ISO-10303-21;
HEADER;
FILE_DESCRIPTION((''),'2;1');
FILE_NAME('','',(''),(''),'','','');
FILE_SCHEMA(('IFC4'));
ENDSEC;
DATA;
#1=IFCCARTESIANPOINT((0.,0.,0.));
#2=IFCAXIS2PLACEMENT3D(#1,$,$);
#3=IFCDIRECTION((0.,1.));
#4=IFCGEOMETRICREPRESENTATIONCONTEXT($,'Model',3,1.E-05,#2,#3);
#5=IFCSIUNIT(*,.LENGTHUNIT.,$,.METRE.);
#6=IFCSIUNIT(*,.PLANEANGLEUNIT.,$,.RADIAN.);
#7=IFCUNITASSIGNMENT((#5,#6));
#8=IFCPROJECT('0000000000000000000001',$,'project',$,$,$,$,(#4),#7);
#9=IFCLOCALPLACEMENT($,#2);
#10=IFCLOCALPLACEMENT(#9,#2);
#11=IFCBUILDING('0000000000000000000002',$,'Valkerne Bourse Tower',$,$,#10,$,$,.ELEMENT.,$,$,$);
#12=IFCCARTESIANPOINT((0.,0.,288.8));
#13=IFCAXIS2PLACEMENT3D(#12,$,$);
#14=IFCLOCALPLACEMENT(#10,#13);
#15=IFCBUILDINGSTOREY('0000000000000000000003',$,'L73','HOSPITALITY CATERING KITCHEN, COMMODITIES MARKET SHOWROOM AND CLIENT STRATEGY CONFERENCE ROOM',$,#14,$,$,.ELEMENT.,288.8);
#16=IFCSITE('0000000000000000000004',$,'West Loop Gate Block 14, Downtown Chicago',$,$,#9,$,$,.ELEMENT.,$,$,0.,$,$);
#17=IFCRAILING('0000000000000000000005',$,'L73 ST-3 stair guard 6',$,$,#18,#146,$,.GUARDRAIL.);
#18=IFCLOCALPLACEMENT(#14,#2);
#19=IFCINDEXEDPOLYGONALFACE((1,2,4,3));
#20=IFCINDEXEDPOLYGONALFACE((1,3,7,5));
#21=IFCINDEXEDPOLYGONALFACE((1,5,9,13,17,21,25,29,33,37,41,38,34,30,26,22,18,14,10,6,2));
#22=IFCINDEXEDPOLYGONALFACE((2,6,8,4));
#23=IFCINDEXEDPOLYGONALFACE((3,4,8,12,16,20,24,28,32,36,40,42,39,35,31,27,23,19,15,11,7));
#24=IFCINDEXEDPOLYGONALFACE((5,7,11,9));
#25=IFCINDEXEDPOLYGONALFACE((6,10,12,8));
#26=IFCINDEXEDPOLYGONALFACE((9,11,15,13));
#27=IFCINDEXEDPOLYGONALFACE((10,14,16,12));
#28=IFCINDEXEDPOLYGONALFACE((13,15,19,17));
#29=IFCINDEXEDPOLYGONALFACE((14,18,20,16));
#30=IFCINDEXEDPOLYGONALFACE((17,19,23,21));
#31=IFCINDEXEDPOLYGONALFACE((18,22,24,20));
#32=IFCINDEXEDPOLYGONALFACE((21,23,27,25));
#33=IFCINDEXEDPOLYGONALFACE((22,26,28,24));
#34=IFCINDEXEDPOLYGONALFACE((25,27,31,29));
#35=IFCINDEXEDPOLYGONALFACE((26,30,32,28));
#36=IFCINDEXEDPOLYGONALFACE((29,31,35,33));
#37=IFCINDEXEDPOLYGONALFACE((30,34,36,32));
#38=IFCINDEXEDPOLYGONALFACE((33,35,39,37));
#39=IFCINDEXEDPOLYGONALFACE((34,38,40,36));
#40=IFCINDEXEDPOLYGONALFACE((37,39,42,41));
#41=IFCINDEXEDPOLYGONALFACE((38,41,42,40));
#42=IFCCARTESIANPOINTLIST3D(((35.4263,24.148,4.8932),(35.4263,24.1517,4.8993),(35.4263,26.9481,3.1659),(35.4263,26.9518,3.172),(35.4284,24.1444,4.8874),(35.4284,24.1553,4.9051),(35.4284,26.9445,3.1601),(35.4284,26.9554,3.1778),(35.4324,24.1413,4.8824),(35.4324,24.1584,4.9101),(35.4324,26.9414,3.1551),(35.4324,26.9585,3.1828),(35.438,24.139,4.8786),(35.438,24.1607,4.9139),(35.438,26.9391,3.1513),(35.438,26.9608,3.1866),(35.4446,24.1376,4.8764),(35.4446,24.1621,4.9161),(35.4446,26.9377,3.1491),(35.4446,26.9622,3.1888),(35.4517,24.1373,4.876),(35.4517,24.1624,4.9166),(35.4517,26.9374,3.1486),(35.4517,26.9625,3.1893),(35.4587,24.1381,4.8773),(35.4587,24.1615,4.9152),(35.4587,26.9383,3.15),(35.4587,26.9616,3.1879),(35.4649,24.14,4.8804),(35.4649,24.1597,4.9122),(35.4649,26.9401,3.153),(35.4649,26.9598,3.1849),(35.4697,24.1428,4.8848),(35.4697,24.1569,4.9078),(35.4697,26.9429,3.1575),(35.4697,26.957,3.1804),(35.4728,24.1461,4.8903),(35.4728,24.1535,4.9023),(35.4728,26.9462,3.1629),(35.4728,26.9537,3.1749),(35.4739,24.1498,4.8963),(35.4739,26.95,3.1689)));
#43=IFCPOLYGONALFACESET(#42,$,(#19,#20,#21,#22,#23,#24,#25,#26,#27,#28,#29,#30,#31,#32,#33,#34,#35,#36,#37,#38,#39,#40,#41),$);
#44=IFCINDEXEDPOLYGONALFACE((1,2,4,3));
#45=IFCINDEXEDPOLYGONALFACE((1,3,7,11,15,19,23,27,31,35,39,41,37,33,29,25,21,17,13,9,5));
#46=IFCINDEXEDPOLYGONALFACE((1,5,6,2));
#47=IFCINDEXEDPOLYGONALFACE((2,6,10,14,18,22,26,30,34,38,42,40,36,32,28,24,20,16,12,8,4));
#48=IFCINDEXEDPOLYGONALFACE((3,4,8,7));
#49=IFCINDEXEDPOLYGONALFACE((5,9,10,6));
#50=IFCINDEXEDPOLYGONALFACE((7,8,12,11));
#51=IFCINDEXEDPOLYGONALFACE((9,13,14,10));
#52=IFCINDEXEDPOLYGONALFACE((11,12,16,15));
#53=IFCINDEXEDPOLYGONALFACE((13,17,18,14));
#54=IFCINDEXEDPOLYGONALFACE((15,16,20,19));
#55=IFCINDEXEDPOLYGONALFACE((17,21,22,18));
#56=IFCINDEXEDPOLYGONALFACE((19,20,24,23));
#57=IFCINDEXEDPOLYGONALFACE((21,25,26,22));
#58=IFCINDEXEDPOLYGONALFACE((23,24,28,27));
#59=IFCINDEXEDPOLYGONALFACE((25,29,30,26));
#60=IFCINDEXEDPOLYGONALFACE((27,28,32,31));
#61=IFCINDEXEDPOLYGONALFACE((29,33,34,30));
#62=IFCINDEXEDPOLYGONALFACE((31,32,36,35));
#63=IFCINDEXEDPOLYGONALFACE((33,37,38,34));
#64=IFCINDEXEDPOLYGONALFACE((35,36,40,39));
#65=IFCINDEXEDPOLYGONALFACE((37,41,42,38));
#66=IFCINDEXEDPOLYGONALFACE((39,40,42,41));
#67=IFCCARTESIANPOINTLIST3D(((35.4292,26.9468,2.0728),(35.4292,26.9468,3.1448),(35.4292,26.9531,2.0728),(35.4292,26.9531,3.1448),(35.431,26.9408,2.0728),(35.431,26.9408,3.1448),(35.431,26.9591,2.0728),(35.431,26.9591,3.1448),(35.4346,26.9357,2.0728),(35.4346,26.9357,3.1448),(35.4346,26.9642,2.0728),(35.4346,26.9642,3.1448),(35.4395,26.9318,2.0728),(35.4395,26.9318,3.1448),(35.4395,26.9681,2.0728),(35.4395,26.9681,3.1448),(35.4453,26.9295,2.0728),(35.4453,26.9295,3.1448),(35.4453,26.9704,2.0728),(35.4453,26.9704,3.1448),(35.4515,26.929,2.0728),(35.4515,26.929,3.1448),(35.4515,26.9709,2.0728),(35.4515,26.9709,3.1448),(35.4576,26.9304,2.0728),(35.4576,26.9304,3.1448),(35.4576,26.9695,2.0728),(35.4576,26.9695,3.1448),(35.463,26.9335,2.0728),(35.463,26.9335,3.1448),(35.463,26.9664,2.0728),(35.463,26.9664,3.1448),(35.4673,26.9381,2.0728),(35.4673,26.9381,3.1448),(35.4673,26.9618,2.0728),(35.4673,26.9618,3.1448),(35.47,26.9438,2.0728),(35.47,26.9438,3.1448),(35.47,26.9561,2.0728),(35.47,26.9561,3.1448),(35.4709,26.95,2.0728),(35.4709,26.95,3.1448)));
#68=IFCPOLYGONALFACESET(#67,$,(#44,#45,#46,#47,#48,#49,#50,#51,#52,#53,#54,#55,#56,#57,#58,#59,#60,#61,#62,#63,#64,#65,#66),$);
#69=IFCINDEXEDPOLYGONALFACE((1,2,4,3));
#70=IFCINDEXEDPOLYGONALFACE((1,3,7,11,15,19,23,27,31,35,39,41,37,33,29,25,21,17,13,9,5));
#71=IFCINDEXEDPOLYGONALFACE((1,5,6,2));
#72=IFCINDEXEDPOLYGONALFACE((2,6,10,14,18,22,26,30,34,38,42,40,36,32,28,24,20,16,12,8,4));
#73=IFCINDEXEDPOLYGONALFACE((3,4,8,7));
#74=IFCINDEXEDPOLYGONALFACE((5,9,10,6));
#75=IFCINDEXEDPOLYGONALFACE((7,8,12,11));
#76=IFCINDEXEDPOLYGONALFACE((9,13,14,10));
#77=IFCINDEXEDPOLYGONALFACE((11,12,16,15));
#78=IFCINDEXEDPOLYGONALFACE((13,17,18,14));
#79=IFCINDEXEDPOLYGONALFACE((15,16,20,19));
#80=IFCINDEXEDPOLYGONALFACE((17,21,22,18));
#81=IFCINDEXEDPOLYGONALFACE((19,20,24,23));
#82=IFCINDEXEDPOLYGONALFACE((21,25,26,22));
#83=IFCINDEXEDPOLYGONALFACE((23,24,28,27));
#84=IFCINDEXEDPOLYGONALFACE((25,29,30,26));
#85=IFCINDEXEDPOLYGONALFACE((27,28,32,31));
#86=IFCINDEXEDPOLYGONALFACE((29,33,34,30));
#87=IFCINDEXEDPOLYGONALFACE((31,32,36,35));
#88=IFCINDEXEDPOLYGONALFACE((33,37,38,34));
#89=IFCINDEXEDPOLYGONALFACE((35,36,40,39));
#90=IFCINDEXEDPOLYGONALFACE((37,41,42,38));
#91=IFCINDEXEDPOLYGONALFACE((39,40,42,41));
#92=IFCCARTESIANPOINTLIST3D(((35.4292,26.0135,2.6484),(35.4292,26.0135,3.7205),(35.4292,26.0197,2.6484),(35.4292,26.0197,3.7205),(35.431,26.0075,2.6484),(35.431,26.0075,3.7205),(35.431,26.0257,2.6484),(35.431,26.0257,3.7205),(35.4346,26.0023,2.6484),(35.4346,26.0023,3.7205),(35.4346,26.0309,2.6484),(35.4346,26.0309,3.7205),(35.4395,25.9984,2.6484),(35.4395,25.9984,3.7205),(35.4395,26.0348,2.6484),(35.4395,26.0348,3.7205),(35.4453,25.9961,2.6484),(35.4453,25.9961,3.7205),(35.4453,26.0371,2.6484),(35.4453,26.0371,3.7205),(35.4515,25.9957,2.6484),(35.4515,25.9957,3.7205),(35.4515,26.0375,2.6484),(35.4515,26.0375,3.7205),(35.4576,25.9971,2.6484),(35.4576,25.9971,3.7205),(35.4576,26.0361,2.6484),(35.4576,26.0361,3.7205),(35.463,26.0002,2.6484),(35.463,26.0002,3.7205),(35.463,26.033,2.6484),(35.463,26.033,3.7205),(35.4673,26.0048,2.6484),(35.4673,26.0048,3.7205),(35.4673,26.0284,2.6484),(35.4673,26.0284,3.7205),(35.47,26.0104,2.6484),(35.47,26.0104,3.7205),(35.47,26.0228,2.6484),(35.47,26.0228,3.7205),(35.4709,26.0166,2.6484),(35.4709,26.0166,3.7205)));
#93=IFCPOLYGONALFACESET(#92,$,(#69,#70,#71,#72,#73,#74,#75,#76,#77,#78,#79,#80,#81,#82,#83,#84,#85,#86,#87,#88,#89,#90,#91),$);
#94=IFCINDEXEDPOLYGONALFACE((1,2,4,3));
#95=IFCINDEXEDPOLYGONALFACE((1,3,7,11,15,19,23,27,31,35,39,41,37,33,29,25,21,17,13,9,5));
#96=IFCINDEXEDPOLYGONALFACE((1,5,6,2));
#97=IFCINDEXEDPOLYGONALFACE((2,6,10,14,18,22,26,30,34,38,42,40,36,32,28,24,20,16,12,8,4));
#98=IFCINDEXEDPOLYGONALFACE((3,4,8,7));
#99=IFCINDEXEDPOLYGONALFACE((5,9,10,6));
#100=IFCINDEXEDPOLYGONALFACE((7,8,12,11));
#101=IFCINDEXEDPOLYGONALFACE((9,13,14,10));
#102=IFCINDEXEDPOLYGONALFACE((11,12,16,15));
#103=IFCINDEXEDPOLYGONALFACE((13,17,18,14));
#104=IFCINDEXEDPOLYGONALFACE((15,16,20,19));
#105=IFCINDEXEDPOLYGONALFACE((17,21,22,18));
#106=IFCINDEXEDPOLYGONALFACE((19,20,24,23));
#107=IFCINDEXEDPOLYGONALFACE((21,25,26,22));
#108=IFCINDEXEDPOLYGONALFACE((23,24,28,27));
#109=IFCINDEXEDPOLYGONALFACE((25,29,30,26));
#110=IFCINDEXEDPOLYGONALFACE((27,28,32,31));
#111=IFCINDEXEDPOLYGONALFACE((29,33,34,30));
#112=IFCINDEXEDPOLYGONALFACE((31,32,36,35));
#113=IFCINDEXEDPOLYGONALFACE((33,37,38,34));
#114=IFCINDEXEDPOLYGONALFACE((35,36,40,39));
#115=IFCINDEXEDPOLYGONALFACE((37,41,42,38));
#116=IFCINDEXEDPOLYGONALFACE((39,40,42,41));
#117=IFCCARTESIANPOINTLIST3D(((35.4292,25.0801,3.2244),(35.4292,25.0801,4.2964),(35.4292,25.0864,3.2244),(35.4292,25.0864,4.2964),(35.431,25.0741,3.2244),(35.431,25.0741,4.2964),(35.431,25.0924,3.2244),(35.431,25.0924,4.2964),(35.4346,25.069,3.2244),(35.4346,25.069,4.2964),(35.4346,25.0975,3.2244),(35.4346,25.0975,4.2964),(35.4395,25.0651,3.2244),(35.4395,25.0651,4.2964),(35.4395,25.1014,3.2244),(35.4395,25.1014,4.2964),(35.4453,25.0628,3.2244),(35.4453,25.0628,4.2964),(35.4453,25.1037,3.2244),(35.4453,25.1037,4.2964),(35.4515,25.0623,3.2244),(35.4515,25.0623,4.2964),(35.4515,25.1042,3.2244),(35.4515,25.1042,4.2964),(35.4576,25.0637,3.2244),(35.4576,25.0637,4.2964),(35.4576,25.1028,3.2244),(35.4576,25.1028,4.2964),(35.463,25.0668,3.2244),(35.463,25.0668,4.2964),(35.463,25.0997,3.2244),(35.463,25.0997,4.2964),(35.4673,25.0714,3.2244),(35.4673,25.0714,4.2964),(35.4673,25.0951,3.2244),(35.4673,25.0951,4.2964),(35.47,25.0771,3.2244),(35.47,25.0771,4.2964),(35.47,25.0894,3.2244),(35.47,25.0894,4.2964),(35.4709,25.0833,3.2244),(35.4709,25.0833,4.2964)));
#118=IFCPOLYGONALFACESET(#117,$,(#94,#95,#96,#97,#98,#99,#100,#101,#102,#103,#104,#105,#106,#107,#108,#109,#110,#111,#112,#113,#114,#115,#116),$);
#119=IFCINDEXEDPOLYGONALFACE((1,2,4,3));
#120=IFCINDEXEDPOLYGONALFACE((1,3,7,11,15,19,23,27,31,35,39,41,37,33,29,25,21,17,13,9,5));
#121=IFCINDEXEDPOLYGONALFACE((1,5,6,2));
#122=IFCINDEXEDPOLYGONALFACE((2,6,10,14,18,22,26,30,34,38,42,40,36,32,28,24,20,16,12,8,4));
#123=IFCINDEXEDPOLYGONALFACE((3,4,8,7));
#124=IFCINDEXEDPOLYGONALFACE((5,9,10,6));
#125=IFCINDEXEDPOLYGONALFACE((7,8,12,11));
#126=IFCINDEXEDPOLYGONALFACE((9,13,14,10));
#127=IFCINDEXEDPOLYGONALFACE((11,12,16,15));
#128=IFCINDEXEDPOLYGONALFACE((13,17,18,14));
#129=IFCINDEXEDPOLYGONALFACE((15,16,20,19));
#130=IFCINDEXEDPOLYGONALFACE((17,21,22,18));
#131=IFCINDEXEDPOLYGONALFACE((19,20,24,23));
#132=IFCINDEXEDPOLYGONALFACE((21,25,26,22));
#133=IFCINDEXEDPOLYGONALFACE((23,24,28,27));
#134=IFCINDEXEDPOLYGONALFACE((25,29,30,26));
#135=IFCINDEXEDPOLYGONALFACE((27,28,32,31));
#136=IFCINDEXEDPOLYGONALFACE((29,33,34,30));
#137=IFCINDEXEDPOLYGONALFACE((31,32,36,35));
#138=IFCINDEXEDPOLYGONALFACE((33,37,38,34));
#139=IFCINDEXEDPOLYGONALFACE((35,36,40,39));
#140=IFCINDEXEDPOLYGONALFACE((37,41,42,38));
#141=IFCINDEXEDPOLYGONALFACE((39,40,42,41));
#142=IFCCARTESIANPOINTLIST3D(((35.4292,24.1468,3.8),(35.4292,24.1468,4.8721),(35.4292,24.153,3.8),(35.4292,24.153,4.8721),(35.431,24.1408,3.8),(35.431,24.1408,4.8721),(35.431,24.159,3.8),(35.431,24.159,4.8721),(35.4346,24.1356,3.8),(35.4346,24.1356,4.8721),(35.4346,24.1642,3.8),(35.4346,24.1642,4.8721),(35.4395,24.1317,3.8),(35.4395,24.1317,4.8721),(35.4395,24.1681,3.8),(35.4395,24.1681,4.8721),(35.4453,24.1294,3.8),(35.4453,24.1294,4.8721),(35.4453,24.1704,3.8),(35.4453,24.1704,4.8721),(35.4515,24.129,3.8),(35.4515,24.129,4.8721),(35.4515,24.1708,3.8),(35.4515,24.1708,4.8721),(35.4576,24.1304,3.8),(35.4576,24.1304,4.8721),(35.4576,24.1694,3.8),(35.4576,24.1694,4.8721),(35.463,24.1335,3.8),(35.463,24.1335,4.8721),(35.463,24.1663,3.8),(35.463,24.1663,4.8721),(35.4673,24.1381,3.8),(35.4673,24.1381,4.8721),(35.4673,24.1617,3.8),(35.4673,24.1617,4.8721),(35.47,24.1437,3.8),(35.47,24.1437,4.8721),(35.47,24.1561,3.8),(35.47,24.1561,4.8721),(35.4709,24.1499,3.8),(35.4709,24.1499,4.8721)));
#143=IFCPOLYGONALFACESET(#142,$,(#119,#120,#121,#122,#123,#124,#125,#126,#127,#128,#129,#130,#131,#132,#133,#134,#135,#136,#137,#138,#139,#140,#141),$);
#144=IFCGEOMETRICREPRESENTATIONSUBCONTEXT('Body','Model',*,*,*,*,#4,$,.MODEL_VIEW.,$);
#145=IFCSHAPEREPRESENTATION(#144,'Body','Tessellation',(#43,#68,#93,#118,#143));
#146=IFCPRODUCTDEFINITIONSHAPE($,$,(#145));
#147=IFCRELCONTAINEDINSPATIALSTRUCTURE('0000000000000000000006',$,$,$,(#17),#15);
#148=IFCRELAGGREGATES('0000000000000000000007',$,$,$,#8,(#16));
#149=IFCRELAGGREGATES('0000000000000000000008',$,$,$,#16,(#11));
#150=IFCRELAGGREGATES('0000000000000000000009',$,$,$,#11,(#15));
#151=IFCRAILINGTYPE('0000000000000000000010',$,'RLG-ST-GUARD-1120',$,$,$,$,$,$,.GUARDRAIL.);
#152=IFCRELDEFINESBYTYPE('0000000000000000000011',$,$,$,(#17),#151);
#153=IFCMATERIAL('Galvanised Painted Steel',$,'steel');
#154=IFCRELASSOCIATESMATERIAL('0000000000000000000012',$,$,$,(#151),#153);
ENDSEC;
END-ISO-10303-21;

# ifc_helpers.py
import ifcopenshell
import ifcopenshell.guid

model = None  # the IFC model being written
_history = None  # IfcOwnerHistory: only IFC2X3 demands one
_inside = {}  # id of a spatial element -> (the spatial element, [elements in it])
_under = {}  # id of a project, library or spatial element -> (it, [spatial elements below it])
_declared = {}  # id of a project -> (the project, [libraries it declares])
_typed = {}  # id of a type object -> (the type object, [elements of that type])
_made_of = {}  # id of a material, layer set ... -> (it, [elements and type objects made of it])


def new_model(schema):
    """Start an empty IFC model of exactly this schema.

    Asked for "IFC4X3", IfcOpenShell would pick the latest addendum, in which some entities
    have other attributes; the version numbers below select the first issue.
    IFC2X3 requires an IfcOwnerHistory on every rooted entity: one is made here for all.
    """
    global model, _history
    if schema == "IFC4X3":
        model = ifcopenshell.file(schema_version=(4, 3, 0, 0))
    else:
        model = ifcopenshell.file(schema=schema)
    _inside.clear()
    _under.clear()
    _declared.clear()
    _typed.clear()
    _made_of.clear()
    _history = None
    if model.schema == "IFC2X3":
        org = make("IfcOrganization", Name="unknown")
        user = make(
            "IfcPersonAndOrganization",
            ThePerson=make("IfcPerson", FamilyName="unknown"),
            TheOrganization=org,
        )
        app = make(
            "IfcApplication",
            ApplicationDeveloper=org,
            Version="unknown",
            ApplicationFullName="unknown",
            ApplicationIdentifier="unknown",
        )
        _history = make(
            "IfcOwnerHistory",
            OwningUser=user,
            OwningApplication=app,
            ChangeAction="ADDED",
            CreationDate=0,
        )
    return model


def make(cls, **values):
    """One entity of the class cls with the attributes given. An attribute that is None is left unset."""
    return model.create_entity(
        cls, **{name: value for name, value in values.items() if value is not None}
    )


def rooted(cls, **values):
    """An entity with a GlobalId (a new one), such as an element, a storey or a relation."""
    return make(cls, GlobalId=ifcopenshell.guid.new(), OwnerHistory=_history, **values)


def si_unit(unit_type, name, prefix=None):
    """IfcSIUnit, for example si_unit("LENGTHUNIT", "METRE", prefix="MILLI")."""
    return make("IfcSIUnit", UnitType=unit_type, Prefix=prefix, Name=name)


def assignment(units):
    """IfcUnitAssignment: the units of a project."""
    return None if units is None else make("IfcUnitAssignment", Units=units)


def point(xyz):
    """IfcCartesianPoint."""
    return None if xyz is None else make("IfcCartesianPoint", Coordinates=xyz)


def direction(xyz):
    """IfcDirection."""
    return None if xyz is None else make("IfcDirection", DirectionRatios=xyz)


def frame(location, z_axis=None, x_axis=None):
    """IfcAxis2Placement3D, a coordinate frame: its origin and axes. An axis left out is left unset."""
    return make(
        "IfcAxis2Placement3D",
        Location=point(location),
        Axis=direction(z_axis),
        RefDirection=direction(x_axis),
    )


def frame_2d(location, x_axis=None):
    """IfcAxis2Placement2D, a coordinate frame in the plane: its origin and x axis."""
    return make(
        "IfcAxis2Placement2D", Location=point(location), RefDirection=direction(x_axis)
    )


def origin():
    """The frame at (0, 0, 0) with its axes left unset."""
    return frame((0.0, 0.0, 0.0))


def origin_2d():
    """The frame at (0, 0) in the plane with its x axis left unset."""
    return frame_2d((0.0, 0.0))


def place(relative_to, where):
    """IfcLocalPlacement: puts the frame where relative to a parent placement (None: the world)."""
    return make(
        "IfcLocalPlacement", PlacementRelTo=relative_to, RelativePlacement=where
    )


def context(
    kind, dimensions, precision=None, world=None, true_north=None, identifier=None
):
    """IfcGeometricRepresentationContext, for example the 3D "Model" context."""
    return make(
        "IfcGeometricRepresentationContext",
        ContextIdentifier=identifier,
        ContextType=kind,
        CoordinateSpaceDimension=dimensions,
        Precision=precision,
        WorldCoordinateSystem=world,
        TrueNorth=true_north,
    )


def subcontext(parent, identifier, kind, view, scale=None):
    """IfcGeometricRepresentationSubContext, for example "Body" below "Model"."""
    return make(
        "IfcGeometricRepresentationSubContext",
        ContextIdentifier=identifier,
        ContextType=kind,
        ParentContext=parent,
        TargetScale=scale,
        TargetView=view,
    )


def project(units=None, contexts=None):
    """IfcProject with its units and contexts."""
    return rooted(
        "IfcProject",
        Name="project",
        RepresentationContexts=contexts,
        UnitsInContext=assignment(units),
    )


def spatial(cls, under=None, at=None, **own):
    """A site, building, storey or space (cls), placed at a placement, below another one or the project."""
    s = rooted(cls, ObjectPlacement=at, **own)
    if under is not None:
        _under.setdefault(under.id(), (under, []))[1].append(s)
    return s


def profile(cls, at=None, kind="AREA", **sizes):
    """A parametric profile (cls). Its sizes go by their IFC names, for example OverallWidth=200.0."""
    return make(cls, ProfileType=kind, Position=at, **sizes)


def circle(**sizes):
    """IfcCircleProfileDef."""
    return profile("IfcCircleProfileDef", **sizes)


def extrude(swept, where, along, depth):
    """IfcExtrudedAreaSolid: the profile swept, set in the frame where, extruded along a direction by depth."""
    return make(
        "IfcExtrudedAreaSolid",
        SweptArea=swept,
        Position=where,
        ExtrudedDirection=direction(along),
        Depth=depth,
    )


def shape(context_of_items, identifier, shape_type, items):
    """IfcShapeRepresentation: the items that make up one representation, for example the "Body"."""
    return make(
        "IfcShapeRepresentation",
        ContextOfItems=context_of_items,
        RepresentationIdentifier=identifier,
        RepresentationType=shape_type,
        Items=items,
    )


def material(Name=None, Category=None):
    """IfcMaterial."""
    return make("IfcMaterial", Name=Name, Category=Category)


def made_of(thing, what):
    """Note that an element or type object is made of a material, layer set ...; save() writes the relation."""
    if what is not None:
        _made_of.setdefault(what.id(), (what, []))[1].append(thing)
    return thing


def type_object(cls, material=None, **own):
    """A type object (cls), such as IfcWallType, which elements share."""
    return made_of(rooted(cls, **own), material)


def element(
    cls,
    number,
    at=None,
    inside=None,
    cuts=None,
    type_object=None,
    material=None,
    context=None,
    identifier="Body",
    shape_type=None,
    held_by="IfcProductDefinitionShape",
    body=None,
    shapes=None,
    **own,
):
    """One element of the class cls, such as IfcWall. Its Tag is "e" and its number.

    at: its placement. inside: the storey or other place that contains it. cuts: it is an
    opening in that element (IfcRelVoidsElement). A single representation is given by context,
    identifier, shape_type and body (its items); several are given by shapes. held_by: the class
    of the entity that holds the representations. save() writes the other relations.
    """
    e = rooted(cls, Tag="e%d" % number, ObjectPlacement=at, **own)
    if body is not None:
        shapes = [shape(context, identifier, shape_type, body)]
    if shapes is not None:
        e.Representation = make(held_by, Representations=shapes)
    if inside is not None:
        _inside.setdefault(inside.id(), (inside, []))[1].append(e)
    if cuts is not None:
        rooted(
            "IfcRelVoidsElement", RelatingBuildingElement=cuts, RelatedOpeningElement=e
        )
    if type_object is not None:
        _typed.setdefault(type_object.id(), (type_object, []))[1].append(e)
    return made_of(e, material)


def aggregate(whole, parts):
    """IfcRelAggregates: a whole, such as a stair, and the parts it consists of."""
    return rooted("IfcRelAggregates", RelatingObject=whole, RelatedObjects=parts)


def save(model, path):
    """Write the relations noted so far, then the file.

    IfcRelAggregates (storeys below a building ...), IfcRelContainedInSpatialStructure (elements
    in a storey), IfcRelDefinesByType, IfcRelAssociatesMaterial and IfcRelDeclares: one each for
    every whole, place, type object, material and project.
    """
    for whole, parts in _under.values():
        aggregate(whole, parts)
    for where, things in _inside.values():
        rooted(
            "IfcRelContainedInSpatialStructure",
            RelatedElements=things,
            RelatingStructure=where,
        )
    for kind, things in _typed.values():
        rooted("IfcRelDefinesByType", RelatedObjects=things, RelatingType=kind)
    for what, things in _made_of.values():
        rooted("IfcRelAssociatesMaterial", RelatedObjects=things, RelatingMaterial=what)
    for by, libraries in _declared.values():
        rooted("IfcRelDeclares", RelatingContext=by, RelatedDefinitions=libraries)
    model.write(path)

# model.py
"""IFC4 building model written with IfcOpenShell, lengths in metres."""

from ifc_helpers import new_model, si_unit, direction, frame, origin, origin_2d, place, context, subcontext, project, spatial, circle, extrude, material, type_object, element, save


model = new_model("IFC4")

# Units and contexts
model_context = context("Model", 3, precision=1e-05, world=origin(), true_north=direction((0.0, 1.0)))
body_context = subcontext(model_context, "Body", "Model", "MODEL_VIEW")
ifc_project = project(units=[si_unit("LENGTHUNIT", "METRE"), si_unit("PLANEANGLEUNIT", "RADIAN")], contexts=[model_context])

# Site, building, storey
site_placement = place(None, origin())
site = spatial("IfcSite", under=ifc_project, at=site_placement, Name="West Loop Gate Block 14, Downtown Chicago", CompositionType="ELEMENT", RefElevation=0.0)
building_placement = place(site_placement, origin())
building = spatial("IfcBuilding", under=site, at=building_placement, Name="Valkerne Bourse Tower", CompositionType="ELEMENT")
storey_placement = place(building_placement, frame((0.0, 0.0, 288.8)))
storey = spatial("IfcBuildingStorey", under=building, at=storey_placement, Name="L73", Description="HOSPITALITY CATERING KITCHEN, COMMODITIES MARKET SHOWROOM AND CLIENT STRATEGY CONFERENCE ROOM", CompositionType="ELEMENT", Elevation=288.8)

# Railing
ifc_material_1 = material(Name="Galvanised Painted Steel", Category="steel")
railing_type_1 = type_object("IfcRailingType", Name="RLG-ST-GUARD-1120", PredefinedType="GUARDRAIL", material=ifc_material_1)
railing_1_placement = place(storey_placement, frame((35.45, 26.95, 2.0728)))
element("IfcRailing", 1, at=railing_1_placement, inside=storey, type_object=railing_type_1, Name="L73 ST-3 stair guard 6", PredefinedType="GUARDRAIL", context=body_context, shape_type="SweptSolid", body=[
    extrude(circle(Radius=0.0239, at=origin_2d()), frame((0.0, 0.0, 1.0962), z_axis=(0.0, -0.85109, 0.52502), x_axis=(1.0, 0.0, 0.0)), (0.0, 0.0, 1.0), 3.29),
    extrude(circle(Radius=0.021, at=origin_2d()), origin(), (0.0, 0.0, 1.0), 1.072),
    extrude(circle(Radius=0.021, at=origin_2d()), frame((0.0, -0.9333, 0.5757)), (0.0, 0.0, 1.0), 1.072),
    extrude(circle(Radius=0.021, at=origin_2d()), frame((0.0, -1.8667, 1.1516)), (0.0, 0.0, 1.0), 1.072),
    extrude(circle(Radius=0.021, at=origin_2d()), frame((0.0, -2.8, 1.7273)), (0.0, 0.0, 1.0), 1.072),
])

save(model, "model.ifc")
